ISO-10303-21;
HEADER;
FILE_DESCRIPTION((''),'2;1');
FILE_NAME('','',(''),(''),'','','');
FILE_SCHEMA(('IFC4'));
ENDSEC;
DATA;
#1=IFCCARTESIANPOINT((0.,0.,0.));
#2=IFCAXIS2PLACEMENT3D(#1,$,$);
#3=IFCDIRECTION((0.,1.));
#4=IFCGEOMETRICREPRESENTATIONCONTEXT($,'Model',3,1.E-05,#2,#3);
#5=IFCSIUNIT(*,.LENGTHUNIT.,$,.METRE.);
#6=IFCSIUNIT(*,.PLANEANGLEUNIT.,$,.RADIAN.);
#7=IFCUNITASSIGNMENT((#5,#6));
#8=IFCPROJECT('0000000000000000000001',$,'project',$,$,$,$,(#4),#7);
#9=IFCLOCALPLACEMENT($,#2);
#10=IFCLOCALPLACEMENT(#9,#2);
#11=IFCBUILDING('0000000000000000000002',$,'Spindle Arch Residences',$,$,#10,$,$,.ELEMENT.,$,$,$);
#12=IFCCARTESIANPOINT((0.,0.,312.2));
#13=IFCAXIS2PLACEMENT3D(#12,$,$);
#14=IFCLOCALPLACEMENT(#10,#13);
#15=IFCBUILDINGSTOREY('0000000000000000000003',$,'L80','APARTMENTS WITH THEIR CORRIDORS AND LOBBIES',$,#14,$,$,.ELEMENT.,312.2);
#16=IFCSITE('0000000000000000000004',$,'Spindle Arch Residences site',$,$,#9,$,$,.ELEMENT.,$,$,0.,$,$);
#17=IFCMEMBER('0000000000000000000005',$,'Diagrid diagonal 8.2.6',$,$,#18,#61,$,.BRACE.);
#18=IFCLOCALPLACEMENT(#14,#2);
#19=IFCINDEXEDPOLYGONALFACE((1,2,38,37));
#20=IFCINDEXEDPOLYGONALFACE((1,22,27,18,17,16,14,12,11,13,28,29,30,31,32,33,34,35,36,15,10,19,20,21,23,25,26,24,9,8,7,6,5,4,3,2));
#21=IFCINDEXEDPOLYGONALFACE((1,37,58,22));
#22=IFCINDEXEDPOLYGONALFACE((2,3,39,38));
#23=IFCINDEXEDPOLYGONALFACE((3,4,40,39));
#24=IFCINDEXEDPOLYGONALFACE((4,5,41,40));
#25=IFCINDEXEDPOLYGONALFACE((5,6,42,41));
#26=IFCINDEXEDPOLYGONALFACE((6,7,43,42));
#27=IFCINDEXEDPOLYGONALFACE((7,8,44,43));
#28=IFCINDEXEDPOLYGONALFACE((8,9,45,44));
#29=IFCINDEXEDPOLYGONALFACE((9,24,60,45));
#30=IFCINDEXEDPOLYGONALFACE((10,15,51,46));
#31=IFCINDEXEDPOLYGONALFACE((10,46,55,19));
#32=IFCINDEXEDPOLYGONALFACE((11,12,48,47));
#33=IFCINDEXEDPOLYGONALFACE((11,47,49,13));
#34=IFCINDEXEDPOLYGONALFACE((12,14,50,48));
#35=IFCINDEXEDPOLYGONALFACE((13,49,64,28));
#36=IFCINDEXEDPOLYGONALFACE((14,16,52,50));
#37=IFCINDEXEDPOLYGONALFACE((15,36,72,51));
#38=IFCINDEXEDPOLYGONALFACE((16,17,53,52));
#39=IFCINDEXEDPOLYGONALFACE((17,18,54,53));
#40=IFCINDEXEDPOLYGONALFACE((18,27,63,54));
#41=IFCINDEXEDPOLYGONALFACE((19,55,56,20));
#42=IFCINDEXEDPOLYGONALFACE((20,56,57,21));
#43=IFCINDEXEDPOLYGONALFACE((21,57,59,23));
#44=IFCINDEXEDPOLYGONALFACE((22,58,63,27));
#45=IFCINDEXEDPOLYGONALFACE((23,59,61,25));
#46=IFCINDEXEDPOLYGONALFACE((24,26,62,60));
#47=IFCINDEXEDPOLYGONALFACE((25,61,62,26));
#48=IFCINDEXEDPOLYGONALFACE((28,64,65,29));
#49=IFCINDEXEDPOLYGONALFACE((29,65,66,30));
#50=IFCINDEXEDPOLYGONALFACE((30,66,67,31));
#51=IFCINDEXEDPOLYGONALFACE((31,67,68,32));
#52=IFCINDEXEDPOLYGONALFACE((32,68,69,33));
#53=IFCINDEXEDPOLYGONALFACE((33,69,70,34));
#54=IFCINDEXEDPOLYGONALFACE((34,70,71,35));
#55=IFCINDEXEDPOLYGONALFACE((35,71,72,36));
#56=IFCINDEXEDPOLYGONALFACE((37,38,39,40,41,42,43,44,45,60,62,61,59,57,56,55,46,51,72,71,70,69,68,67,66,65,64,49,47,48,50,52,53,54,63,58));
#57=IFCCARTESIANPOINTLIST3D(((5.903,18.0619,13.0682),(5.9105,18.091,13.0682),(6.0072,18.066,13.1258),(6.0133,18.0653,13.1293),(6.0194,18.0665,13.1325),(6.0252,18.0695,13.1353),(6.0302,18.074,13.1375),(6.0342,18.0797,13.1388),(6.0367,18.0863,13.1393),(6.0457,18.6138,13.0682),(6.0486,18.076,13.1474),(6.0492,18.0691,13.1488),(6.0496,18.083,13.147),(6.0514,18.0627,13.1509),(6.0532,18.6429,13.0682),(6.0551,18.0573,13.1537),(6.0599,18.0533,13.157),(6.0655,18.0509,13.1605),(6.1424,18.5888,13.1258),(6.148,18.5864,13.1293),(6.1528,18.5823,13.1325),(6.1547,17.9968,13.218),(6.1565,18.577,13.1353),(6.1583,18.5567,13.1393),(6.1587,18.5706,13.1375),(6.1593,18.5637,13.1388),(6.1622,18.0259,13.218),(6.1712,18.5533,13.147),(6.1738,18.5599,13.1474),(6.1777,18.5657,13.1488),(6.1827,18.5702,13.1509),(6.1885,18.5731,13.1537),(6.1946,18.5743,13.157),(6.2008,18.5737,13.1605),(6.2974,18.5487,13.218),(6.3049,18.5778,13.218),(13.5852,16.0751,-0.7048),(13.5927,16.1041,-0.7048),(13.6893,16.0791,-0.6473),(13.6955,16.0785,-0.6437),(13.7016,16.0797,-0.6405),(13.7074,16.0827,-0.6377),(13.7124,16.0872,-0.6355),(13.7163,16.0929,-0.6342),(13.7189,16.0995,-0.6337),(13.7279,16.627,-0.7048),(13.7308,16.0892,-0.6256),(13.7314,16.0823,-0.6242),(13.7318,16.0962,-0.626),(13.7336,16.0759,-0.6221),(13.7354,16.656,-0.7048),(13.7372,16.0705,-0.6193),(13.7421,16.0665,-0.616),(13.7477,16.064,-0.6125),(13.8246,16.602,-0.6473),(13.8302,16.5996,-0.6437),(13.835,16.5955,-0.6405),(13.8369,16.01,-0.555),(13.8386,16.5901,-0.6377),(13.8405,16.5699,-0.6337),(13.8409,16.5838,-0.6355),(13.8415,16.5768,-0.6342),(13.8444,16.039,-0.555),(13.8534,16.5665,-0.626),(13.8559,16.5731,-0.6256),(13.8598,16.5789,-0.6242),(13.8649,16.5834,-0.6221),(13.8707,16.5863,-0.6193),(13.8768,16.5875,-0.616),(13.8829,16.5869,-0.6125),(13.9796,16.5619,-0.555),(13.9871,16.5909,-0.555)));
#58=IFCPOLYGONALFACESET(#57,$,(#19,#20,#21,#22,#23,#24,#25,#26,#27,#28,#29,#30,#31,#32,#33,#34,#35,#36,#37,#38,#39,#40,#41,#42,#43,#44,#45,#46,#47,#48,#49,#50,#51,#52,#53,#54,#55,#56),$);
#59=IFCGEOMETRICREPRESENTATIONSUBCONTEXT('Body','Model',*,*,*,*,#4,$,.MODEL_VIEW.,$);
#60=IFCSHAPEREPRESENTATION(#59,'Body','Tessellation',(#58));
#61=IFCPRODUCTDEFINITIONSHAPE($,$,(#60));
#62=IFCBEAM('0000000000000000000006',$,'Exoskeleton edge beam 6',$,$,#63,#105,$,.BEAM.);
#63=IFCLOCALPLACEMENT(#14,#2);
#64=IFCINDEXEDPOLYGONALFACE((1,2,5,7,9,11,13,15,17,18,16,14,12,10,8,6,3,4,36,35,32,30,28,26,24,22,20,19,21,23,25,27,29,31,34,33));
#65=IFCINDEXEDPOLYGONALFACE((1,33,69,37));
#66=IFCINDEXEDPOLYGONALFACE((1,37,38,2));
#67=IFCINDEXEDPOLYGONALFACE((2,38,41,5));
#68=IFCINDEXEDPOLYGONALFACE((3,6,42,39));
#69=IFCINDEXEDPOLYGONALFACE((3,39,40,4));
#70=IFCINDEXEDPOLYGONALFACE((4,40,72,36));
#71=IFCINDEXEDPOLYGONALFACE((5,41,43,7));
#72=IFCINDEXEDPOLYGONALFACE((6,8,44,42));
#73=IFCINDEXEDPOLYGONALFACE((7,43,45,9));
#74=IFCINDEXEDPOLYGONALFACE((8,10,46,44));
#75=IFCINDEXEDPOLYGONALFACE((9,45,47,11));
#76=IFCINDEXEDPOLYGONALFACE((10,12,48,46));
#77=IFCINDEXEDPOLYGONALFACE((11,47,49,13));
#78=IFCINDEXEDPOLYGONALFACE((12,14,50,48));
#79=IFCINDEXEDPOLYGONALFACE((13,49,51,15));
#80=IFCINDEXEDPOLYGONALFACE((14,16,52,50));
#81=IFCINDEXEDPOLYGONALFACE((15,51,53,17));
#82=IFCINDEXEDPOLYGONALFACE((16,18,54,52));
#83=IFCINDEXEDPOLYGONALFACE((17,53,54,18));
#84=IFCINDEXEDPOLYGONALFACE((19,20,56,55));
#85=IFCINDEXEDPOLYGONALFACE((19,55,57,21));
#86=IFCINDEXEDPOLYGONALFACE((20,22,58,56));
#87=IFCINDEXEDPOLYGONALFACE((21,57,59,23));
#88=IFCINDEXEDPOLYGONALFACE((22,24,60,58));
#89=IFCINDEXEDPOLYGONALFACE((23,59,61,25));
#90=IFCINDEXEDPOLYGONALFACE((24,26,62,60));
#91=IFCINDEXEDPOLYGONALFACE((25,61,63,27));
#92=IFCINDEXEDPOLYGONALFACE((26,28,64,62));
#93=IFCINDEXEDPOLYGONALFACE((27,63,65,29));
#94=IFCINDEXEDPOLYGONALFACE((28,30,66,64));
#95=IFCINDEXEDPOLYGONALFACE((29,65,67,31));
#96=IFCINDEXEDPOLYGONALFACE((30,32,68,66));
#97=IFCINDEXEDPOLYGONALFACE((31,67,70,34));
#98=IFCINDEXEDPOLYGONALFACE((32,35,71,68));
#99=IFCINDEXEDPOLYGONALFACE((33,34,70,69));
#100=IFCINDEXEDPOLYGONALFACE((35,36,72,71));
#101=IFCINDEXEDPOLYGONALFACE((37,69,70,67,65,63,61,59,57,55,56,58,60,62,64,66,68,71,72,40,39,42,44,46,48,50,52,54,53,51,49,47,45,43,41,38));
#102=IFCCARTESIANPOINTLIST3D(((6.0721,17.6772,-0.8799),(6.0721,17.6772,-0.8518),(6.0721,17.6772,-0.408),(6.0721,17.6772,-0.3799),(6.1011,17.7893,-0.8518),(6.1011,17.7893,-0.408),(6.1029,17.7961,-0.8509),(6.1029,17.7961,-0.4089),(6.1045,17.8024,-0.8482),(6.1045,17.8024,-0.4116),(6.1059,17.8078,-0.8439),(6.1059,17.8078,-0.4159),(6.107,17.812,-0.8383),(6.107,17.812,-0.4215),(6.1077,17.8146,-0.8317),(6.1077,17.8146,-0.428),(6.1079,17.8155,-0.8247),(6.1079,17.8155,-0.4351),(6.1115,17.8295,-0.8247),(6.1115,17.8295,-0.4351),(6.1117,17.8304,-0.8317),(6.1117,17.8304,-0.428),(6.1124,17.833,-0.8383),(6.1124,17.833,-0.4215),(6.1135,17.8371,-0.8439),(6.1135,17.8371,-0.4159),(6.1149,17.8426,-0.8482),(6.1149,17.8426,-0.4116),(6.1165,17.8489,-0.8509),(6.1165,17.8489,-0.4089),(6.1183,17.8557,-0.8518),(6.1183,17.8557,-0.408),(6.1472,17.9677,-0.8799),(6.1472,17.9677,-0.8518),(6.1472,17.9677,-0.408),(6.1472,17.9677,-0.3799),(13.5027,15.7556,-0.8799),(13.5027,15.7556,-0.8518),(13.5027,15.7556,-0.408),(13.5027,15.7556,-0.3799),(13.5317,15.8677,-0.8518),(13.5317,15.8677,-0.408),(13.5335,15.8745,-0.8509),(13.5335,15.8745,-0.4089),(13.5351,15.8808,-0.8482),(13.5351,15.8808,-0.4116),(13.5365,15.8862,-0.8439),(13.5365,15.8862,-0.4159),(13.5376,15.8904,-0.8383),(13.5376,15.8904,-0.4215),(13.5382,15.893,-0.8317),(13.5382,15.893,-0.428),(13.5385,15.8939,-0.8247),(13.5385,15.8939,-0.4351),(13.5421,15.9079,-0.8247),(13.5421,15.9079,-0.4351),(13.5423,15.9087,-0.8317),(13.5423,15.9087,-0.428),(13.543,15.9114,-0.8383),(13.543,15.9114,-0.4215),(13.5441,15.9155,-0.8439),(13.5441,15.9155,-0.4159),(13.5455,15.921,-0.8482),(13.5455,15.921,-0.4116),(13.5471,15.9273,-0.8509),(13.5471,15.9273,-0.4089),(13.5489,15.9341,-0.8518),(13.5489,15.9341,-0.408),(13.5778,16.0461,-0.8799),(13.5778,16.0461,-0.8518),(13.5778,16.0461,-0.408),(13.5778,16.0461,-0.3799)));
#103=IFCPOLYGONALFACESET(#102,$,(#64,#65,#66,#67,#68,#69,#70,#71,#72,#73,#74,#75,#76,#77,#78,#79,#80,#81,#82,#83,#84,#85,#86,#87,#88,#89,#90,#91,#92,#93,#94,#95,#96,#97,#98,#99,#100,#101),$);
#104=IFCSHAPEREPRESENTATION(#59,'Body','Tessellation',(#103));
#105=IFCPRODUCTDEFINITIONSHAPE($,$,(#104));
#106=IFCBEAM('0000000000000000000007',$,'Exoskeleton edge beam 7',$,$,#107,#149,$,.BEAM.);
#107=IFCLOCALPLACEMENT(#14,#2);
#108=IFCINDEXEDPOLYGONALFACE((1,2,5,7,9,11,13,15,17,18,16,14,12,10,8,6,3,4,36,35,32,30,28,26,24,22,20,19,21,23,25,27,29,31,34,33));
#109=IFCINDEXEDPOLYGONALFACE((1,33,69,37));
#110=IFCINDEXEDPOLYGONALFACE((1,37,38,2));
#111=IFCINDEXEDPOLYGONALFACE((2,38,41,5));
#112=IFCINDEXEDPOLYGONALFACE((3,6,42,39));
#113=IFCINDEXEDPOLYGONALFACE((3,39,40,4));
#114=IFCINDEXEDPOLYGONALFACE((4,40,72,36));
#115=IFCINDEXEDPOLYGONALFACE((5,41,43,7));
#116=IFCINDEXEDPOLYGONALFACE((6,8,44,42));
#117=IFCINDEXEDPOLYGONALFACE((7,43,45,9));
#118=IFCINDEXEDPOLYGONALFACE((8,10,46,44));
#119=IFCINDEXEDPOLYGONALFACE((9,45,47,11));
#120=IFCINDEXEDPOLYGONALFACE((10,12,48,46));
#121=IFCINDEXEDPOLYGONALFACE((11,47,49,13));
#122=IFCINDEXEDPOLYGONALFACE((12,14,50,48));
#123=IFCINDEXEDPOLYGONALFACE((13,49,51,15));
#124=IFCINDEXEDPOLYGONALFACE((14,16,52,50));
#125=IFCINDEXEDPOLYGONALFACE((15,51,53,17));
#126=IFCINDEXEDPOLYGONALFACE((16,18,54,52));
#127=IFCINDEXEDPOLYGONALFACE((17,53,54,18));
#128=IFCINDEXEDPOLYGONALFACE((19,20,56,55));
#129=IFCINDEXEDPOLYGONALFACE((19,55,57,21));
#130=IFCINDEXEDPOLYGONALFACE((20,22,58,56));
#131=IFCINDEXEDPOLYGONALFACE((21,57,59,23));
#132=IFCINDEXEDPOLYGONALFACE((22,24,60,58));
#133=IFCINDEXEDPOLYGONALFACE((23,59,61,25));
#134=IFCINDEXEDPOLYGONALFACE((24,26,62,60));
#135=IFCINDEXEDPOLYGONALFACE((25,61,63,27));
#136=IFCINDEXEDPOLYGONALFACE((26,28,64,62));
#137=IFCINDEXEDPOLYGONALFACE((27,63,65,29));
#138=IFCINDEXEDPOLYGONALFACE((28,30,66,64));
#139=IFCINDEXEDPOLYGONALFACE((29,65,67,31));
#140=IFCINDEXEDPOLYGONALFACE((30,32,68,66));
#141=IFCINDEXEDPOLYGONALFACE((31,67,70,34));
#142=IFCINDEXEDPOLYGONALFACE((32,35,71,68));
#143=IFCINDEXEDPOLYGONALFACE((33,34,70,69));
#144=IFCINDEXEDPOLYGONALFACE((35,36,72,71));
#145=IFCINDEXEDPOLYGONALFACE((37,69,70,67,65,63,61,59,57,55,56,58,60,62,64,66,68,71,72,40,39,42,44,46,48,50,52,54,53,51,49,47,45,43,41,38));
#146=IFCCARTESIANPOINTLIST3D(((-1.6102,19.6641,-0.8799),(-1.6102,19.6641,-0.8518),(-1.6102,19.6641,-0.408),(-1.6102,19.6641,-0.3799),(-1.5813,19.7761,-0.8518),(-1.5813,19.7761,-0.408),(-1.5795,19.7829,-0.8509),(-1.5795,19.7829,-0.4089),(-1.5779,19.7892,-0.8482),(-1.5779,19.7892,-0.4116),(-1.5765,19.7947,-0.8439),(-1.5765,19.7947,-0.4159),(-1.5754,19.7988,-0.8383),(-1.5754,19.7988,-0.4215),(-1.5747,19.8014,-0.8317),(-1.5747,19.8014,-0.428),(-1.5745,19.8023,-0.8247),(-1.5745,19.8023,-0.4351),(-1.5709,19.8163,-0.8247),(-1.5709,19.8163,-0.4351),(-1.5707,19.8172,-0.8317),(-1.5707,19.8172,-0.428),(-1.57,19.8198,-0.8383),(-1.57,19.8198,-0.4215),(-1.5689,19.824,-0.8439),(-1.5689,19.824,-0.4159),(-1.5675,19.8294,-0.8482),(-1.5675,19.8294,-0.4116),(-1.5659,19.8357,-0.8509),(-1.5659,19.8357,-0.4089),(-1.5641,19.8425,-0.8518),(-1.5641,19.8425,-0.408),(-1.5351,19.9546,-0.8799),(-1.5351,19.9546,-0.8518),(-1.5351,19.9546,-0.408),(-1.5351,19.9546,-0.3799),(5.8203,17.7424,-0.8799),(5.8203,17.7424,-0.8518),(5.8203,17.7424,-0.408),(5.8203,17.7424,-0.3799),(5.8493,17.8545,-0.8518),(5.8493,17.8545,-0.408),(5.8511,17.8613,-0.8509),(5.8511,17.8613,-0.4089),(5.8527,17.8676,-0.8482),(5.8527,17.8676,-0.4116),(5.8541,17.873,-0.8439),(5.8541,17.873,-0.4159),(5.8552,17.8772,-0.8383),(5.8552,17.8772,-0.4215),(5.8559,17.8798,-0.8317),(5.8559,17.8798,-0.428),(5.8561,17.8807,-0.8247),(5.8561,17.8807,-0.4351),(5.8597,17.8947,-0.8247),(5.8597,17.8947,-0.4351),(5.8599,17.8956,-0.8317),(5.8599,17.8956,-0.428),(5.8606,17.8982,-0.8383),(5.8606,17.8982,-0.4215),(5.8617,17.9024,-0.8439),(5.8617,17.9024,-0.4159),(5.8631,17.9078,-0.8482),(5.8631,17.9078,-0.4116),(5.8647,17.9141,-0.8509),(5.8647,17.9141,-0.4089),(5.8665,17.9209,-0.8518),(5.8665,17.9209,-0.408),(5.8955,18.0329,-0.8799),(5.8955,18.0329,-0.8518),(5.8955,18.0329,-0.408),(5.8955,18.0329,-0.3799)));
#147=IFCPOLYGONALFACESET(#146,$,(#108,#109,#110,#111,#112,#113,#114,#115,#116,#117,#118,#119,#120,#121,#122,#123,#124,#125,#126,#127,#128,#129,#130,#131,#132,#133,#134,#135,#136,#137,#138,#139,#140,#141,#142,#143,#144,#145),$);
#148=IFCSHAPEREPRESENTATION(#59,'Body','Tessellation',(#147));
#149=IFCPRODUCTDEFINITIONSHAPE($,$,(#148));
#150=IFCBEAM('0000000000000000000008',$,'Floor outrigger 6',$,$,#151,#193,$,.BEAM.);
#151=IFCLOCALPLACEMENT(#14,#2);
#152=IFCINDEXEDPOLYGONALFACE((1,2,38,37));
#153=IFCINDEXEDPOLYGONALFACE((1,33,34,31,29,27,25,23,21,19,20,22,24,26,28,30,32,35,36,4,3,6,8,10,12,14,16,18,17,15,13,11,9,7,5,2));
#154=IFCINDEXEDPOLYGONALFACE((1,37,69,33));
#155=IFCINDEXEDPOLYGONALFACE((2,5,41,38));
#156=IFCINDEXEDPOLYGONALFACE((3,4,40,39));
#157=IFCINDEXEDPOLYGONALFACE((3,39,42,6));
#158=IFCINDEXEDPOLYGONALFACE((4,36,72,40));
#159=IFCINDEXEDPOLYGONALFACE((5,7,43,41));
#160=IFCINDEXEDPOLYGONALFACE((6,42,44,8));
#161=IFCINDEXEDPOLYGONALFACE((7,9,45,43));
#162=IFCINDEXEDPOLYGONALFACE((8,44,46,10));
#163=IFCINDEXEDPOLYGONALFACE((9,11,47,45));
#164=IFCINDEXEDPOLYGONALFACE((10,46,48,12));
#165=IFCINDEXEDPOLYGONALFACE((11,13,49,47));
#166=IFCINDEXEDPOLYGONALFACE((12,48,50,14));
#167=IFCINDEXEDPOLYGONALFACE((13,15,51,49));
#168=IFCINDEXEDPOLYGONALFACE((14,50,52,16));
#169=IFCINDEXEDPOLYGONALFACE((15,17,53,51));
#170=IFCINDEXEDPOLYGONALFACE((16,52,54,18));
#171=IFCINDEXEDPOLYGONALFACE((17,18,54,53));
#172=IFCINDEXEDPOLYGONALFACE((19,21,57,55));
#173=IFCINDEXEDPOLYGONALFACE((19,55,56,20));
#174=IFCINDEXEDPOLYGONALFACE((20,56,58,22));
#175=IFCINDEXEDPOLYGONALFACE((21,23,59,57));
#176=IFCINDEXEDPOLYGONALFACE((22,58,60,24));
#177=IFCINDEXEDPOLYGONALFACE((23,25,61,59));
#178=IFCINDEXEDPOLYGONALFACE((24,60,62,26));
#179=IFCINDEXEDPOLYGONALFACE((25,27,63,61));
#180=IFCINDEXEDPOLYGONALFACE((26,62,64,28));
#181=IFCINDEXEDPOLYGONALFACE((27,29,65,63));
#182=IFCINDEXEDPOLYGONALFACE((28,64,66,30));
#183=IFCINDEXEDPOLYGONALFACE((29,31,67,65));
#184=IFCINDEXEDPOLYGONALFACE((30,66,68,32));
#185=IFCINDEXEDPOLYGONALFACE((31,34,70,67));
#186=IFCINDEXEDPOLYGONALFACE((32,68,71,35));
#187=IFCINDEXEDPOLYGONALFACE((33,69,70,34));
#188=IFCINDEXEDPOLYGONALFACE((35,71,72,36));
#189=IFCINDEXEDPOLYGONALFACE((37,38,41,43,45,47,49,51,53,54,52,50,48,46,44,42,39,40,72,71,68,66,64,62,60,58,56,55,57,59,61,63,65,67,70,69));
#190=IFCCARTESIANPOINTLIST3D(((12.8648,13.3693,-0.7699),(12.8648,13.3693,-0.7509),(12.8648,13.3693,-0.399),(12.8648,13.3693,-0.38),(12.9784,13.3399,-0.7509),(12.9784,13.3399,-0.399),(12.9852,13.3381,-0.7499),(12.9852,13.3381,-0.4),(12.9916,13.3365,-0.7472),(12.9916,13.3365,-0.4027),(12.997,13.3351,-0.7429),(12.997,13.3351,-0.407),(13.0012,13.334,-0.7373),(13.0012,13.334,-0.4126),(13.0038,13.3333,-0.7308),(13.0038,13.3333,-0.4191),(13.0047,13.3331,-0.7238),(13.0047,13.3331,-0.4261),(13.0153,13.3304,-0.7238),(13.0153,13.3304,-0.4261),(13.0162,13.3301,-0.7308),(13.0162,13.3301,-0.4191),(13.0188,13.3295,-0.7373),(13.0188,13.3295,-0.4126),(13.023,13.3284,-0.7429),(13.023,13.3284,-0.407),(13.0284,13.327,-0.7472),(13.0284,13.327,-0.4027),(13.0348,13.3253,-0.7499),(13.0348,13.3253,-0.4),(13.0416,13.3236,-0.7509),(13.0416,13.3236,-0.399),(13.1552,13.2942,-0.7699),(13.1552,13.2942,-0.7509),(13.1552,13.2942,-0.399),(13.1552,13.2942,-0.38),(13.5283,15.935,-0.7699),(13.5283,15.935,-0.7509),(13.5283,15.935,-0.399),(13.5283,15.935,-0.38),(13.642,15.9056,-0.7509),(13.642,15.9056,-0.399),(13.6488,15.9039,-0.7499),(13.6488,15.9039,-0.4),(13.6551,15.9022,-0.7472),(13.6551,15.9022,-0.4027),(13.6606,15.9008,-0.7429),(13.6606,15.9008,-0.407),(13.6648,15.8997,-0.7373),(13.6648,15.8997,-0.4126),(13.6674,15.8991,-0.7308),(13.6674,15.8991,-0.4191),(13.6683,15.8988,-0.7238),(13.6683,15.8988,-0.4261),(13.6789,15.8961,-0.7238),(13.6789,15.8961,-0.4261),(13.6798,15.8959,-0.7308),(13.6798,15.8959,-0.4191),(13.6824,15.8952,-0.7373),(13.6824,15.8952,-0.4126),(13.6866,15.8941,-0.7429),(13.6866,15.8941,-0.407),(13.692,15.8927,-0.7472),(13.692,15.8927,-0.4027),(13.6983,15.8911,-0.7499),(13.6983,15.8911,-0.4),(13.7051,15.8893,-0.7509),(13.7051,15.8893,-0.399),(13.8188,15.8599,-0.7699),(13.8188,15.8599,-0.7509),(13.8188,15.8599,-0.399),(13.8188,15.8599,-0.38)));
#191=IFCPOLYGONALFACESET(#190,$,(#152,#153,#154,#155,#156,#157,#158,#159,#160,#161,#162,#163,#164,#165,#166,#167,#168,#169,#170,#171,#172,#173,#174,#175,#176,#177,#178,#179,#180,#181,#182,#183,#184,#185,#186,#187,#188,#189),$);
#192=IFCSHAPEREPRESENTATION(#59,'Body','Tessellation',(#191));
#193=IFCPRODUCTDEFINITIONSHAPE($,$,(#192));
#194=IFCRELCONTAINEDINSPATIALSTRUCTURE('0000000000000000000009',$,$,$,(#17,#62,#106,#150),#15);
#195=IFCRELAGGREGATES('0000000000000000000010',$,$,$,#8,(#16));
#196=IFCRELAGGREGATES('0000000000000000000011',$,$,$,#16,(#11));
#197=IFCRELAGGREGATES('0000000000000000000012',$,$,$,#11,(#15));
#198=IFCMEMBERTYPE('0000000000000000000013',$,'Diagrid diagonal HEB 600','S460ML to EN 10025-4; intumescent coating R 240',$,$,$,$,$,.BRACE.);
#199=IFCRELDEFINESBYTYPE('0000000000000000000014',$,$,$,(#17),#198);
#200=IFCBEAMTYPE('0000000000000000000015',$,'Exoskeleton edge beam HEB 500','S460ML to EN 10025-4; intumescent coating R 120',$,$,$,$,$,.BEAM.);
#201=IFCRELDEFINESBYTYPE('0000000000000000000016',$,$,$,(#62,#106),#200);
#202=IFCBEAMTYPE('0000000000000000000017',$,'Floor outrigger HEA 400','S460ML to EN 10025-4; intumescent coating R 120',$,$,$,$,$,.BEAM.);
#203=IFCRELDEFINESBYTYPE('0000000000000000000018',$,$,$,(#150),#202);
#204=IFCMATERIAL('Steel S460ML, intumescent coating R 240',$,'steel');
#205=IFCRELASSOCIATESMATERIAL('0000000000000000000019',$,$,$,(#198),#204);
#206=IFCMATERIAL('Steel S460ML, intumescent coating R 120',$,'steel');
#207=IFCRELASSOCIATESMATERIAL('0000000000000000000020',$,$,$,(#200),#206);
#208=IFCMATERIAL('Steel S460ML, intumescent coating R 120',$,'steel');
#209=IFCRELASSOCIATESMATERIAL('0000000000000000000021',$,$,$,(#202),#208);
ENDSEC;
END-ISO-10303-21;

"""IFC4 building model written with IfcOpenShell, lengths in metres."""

from ifc_helpers import new_model, si_unit, direction, frame, origin, origin_2d, place, context, subcontext, project, spatial, i_section, extrude, material, material_profile, profile_set, type_object, element, save


model = new_model("IFC4")

# Units and contexts
model_context = context("Model", 3, precision=1e-05, world=origin(), true_north=direction((0.0, 1.0)))
body_context = subcontext(model_context, "Body", "Model", "MODEL_VIEW")
ifc_project = project(units=[si_unit("LENGTHUNIT", "METRE"), si_unit("PLANEANGLEUNIT", "RADIAN")], contexts=[model_context])

# Site, building, storey
site_placement = place(None, origin())
site = spatial("IfcSite", under=ifc_project, at=site_placement, Name="Spindle Arch Residences site", CompositionType="ELEMENT", RefElevation=0.0)
building_placement = place(site_placement, origin())
building = spatial("IfcBuilding", under=site, at=building_placement, Name="Spindle Arch Residences", CompositionType="ELEMENT")
storey_placement = place(building_placement, frame((0.0, 0.0, 312.2)))
storey = spatial("IfcBuildingStorey", under=building, at=storey_placement, Name="L80", Description="APARTMENTS WITH THEIR CORRIDORS AND LOBBIES", CompositionType="ELEMENT", Elevation=312.2)

# Member
ifc_material_1 = material(Name="Steel S460ML, intumescent coating R 240", Category="steel")
ifc_material_profile_1 = material_profile(ifc_material_1, i_section(OverallWidth=0.3, OverallDepth=0.6001, WebThickness=0.0154, FlangeThickness=0.03, FilletRadius=0.0271, at=origin_2d()), Name="HEB 600")
ifc_profile_set_1 = profile_set([ifc_material_profile_1], Name="Steel S460ML, intumescent coating R 240")
member_type_1 = type_object("IfcMemberType", Name="Diagrid diagonal HEB 600", Description="S460ML to EN 10025-4; intumescent coating R 240", PredefinedType="BRACE", material=ifc_profile_set_1)
member_1_placement = place(storey_placement, frame((13.7861, 16.333, -0.6299), z_axis=(-0.483299, 0.124995, 0.866486), x_axis=(0.838884, -0.216959, 0.499201)))
element("IfcMember", 1, at=member_1_placement, inside=storey, type_object=member_type_1, Name="Diagrid diagonal 8.2.6", PredefinedType="BRACE", context=body_context, shape_type="SweptSolid", body=[
    extrude(i_section(OverallWidth=0.3, OverallDepth=0.6001, WebThickness=0.0154, FlangeThickness=0.03, FilletRadius=0.0271, at=origin_2d()), origin(), (0.0, 0.0, 1.0), 15.8953),
])

# Beams
ifc_material_2 = material(Name="Steel S460ML, intumescent coating R 120", Category="steel")
ifc_material_profile_2 = material_profile(ifc_material_2, i_section(OverallWidth=0.3, OverallDepth=0.5, WebThickness=0.0144, FlangeThickness=0.0281, FilletRadius=0.0271, at=origin_2d()), Name="HEB 500")
ifc_profile_set_2 = profile_set([ifc_material_profile_2], Name="Steel S460ML, intumescent coating R 120")
beam_type_1 = type_object("IfcBeamType", Name="Exoskeleton edge beam HEB 500", Description="S460ML to EN 10025-4; intumescent coating R 120", PredefinedType="BEAM", material=ifc_profile_set_2)
for number, where, z_axis, x_axis, name in (
    (2, (13.5403, 15.9009, -0.6299), (-0.96815, 0.250372, 0.0), (-0.250372, -0.96815, 0.0), "Exoskeleton edge beam 6"),
    (3, (5.8579, 17.8877, -0.6299), (-0.96815, 0.250372, 0.0), (-0.250372, -0.96815, 0.0), "Exoskeleton edge beam 7"),
):
    element("IfcBeam", number, at=place(storey_placement, frame(where, z_axis=z_axis, x_axis=x_axis)), inside=storey, type_object=beam_type_1, Name=name, PredefinedType="BEAM", context=body_context, shape_type="SweptSolid", body=[
        extrude(i_section(OverallWidth=0.3, OverallDepth=0.5, WebThickness=0.0144, FlangeThickness=0.0281, FilletRadius=0.0271, at=origin_2d()), origin(), (0.0, 0.0, 1.0), 7.675),
    ])
ifc_material_3 = material(Name="Steel S460ML, intumescent coating R 120", Category="steel")
ifc_material_profile_3 = material_profile(ifc_material_3, i_section(OverallWidth=0.3, OverallDepth=0.3899, WebThickness=0.011, FlangeThickness=0.019, FilletRadius=0.0271, at=origin_2d()), Name="HEA 400")
ifc_profile_set_3 = profile_set([ifc_material_profile_3], Name="Steel S460ML, intumescent coating R 120")
beam_type_2 = type_object("IfcBeamType", Name="Floor outrigger HEA 400", Description="S460ML to EN 10025-4; intumescent coating R 120", PredefinedType="BEAM", material=ifc_profile_set_3)
for number, where, z_axis, x_axis, name in (
    (4, (13.6736, 15.8975, -0.575), (-0.250396, -0.968143, 0.0), (0.968143, -0.250396, 0.0), "Floor outrigger 6"),
):
    element("IfcBeam", number, at=place(storey_placement, frame(where, z_axis=z_axis, x_axis=x_axis)), inside=storey, type_object=beam_type_2, Name=name, PredefinedType="BEAM", context=body_context, shape_type="SweptSolid", body=[
        extrude(i_section(OverallWidth=0.3, OverallDepth=0.3899, WebThickness=0.011, FlangeThickness=0.019, FilletRadius=0.0271, at=origin_2d()), origin(), (0.0, 0.0, 1.0), 2.6501),
    ])

save(model, "model.ifc")
